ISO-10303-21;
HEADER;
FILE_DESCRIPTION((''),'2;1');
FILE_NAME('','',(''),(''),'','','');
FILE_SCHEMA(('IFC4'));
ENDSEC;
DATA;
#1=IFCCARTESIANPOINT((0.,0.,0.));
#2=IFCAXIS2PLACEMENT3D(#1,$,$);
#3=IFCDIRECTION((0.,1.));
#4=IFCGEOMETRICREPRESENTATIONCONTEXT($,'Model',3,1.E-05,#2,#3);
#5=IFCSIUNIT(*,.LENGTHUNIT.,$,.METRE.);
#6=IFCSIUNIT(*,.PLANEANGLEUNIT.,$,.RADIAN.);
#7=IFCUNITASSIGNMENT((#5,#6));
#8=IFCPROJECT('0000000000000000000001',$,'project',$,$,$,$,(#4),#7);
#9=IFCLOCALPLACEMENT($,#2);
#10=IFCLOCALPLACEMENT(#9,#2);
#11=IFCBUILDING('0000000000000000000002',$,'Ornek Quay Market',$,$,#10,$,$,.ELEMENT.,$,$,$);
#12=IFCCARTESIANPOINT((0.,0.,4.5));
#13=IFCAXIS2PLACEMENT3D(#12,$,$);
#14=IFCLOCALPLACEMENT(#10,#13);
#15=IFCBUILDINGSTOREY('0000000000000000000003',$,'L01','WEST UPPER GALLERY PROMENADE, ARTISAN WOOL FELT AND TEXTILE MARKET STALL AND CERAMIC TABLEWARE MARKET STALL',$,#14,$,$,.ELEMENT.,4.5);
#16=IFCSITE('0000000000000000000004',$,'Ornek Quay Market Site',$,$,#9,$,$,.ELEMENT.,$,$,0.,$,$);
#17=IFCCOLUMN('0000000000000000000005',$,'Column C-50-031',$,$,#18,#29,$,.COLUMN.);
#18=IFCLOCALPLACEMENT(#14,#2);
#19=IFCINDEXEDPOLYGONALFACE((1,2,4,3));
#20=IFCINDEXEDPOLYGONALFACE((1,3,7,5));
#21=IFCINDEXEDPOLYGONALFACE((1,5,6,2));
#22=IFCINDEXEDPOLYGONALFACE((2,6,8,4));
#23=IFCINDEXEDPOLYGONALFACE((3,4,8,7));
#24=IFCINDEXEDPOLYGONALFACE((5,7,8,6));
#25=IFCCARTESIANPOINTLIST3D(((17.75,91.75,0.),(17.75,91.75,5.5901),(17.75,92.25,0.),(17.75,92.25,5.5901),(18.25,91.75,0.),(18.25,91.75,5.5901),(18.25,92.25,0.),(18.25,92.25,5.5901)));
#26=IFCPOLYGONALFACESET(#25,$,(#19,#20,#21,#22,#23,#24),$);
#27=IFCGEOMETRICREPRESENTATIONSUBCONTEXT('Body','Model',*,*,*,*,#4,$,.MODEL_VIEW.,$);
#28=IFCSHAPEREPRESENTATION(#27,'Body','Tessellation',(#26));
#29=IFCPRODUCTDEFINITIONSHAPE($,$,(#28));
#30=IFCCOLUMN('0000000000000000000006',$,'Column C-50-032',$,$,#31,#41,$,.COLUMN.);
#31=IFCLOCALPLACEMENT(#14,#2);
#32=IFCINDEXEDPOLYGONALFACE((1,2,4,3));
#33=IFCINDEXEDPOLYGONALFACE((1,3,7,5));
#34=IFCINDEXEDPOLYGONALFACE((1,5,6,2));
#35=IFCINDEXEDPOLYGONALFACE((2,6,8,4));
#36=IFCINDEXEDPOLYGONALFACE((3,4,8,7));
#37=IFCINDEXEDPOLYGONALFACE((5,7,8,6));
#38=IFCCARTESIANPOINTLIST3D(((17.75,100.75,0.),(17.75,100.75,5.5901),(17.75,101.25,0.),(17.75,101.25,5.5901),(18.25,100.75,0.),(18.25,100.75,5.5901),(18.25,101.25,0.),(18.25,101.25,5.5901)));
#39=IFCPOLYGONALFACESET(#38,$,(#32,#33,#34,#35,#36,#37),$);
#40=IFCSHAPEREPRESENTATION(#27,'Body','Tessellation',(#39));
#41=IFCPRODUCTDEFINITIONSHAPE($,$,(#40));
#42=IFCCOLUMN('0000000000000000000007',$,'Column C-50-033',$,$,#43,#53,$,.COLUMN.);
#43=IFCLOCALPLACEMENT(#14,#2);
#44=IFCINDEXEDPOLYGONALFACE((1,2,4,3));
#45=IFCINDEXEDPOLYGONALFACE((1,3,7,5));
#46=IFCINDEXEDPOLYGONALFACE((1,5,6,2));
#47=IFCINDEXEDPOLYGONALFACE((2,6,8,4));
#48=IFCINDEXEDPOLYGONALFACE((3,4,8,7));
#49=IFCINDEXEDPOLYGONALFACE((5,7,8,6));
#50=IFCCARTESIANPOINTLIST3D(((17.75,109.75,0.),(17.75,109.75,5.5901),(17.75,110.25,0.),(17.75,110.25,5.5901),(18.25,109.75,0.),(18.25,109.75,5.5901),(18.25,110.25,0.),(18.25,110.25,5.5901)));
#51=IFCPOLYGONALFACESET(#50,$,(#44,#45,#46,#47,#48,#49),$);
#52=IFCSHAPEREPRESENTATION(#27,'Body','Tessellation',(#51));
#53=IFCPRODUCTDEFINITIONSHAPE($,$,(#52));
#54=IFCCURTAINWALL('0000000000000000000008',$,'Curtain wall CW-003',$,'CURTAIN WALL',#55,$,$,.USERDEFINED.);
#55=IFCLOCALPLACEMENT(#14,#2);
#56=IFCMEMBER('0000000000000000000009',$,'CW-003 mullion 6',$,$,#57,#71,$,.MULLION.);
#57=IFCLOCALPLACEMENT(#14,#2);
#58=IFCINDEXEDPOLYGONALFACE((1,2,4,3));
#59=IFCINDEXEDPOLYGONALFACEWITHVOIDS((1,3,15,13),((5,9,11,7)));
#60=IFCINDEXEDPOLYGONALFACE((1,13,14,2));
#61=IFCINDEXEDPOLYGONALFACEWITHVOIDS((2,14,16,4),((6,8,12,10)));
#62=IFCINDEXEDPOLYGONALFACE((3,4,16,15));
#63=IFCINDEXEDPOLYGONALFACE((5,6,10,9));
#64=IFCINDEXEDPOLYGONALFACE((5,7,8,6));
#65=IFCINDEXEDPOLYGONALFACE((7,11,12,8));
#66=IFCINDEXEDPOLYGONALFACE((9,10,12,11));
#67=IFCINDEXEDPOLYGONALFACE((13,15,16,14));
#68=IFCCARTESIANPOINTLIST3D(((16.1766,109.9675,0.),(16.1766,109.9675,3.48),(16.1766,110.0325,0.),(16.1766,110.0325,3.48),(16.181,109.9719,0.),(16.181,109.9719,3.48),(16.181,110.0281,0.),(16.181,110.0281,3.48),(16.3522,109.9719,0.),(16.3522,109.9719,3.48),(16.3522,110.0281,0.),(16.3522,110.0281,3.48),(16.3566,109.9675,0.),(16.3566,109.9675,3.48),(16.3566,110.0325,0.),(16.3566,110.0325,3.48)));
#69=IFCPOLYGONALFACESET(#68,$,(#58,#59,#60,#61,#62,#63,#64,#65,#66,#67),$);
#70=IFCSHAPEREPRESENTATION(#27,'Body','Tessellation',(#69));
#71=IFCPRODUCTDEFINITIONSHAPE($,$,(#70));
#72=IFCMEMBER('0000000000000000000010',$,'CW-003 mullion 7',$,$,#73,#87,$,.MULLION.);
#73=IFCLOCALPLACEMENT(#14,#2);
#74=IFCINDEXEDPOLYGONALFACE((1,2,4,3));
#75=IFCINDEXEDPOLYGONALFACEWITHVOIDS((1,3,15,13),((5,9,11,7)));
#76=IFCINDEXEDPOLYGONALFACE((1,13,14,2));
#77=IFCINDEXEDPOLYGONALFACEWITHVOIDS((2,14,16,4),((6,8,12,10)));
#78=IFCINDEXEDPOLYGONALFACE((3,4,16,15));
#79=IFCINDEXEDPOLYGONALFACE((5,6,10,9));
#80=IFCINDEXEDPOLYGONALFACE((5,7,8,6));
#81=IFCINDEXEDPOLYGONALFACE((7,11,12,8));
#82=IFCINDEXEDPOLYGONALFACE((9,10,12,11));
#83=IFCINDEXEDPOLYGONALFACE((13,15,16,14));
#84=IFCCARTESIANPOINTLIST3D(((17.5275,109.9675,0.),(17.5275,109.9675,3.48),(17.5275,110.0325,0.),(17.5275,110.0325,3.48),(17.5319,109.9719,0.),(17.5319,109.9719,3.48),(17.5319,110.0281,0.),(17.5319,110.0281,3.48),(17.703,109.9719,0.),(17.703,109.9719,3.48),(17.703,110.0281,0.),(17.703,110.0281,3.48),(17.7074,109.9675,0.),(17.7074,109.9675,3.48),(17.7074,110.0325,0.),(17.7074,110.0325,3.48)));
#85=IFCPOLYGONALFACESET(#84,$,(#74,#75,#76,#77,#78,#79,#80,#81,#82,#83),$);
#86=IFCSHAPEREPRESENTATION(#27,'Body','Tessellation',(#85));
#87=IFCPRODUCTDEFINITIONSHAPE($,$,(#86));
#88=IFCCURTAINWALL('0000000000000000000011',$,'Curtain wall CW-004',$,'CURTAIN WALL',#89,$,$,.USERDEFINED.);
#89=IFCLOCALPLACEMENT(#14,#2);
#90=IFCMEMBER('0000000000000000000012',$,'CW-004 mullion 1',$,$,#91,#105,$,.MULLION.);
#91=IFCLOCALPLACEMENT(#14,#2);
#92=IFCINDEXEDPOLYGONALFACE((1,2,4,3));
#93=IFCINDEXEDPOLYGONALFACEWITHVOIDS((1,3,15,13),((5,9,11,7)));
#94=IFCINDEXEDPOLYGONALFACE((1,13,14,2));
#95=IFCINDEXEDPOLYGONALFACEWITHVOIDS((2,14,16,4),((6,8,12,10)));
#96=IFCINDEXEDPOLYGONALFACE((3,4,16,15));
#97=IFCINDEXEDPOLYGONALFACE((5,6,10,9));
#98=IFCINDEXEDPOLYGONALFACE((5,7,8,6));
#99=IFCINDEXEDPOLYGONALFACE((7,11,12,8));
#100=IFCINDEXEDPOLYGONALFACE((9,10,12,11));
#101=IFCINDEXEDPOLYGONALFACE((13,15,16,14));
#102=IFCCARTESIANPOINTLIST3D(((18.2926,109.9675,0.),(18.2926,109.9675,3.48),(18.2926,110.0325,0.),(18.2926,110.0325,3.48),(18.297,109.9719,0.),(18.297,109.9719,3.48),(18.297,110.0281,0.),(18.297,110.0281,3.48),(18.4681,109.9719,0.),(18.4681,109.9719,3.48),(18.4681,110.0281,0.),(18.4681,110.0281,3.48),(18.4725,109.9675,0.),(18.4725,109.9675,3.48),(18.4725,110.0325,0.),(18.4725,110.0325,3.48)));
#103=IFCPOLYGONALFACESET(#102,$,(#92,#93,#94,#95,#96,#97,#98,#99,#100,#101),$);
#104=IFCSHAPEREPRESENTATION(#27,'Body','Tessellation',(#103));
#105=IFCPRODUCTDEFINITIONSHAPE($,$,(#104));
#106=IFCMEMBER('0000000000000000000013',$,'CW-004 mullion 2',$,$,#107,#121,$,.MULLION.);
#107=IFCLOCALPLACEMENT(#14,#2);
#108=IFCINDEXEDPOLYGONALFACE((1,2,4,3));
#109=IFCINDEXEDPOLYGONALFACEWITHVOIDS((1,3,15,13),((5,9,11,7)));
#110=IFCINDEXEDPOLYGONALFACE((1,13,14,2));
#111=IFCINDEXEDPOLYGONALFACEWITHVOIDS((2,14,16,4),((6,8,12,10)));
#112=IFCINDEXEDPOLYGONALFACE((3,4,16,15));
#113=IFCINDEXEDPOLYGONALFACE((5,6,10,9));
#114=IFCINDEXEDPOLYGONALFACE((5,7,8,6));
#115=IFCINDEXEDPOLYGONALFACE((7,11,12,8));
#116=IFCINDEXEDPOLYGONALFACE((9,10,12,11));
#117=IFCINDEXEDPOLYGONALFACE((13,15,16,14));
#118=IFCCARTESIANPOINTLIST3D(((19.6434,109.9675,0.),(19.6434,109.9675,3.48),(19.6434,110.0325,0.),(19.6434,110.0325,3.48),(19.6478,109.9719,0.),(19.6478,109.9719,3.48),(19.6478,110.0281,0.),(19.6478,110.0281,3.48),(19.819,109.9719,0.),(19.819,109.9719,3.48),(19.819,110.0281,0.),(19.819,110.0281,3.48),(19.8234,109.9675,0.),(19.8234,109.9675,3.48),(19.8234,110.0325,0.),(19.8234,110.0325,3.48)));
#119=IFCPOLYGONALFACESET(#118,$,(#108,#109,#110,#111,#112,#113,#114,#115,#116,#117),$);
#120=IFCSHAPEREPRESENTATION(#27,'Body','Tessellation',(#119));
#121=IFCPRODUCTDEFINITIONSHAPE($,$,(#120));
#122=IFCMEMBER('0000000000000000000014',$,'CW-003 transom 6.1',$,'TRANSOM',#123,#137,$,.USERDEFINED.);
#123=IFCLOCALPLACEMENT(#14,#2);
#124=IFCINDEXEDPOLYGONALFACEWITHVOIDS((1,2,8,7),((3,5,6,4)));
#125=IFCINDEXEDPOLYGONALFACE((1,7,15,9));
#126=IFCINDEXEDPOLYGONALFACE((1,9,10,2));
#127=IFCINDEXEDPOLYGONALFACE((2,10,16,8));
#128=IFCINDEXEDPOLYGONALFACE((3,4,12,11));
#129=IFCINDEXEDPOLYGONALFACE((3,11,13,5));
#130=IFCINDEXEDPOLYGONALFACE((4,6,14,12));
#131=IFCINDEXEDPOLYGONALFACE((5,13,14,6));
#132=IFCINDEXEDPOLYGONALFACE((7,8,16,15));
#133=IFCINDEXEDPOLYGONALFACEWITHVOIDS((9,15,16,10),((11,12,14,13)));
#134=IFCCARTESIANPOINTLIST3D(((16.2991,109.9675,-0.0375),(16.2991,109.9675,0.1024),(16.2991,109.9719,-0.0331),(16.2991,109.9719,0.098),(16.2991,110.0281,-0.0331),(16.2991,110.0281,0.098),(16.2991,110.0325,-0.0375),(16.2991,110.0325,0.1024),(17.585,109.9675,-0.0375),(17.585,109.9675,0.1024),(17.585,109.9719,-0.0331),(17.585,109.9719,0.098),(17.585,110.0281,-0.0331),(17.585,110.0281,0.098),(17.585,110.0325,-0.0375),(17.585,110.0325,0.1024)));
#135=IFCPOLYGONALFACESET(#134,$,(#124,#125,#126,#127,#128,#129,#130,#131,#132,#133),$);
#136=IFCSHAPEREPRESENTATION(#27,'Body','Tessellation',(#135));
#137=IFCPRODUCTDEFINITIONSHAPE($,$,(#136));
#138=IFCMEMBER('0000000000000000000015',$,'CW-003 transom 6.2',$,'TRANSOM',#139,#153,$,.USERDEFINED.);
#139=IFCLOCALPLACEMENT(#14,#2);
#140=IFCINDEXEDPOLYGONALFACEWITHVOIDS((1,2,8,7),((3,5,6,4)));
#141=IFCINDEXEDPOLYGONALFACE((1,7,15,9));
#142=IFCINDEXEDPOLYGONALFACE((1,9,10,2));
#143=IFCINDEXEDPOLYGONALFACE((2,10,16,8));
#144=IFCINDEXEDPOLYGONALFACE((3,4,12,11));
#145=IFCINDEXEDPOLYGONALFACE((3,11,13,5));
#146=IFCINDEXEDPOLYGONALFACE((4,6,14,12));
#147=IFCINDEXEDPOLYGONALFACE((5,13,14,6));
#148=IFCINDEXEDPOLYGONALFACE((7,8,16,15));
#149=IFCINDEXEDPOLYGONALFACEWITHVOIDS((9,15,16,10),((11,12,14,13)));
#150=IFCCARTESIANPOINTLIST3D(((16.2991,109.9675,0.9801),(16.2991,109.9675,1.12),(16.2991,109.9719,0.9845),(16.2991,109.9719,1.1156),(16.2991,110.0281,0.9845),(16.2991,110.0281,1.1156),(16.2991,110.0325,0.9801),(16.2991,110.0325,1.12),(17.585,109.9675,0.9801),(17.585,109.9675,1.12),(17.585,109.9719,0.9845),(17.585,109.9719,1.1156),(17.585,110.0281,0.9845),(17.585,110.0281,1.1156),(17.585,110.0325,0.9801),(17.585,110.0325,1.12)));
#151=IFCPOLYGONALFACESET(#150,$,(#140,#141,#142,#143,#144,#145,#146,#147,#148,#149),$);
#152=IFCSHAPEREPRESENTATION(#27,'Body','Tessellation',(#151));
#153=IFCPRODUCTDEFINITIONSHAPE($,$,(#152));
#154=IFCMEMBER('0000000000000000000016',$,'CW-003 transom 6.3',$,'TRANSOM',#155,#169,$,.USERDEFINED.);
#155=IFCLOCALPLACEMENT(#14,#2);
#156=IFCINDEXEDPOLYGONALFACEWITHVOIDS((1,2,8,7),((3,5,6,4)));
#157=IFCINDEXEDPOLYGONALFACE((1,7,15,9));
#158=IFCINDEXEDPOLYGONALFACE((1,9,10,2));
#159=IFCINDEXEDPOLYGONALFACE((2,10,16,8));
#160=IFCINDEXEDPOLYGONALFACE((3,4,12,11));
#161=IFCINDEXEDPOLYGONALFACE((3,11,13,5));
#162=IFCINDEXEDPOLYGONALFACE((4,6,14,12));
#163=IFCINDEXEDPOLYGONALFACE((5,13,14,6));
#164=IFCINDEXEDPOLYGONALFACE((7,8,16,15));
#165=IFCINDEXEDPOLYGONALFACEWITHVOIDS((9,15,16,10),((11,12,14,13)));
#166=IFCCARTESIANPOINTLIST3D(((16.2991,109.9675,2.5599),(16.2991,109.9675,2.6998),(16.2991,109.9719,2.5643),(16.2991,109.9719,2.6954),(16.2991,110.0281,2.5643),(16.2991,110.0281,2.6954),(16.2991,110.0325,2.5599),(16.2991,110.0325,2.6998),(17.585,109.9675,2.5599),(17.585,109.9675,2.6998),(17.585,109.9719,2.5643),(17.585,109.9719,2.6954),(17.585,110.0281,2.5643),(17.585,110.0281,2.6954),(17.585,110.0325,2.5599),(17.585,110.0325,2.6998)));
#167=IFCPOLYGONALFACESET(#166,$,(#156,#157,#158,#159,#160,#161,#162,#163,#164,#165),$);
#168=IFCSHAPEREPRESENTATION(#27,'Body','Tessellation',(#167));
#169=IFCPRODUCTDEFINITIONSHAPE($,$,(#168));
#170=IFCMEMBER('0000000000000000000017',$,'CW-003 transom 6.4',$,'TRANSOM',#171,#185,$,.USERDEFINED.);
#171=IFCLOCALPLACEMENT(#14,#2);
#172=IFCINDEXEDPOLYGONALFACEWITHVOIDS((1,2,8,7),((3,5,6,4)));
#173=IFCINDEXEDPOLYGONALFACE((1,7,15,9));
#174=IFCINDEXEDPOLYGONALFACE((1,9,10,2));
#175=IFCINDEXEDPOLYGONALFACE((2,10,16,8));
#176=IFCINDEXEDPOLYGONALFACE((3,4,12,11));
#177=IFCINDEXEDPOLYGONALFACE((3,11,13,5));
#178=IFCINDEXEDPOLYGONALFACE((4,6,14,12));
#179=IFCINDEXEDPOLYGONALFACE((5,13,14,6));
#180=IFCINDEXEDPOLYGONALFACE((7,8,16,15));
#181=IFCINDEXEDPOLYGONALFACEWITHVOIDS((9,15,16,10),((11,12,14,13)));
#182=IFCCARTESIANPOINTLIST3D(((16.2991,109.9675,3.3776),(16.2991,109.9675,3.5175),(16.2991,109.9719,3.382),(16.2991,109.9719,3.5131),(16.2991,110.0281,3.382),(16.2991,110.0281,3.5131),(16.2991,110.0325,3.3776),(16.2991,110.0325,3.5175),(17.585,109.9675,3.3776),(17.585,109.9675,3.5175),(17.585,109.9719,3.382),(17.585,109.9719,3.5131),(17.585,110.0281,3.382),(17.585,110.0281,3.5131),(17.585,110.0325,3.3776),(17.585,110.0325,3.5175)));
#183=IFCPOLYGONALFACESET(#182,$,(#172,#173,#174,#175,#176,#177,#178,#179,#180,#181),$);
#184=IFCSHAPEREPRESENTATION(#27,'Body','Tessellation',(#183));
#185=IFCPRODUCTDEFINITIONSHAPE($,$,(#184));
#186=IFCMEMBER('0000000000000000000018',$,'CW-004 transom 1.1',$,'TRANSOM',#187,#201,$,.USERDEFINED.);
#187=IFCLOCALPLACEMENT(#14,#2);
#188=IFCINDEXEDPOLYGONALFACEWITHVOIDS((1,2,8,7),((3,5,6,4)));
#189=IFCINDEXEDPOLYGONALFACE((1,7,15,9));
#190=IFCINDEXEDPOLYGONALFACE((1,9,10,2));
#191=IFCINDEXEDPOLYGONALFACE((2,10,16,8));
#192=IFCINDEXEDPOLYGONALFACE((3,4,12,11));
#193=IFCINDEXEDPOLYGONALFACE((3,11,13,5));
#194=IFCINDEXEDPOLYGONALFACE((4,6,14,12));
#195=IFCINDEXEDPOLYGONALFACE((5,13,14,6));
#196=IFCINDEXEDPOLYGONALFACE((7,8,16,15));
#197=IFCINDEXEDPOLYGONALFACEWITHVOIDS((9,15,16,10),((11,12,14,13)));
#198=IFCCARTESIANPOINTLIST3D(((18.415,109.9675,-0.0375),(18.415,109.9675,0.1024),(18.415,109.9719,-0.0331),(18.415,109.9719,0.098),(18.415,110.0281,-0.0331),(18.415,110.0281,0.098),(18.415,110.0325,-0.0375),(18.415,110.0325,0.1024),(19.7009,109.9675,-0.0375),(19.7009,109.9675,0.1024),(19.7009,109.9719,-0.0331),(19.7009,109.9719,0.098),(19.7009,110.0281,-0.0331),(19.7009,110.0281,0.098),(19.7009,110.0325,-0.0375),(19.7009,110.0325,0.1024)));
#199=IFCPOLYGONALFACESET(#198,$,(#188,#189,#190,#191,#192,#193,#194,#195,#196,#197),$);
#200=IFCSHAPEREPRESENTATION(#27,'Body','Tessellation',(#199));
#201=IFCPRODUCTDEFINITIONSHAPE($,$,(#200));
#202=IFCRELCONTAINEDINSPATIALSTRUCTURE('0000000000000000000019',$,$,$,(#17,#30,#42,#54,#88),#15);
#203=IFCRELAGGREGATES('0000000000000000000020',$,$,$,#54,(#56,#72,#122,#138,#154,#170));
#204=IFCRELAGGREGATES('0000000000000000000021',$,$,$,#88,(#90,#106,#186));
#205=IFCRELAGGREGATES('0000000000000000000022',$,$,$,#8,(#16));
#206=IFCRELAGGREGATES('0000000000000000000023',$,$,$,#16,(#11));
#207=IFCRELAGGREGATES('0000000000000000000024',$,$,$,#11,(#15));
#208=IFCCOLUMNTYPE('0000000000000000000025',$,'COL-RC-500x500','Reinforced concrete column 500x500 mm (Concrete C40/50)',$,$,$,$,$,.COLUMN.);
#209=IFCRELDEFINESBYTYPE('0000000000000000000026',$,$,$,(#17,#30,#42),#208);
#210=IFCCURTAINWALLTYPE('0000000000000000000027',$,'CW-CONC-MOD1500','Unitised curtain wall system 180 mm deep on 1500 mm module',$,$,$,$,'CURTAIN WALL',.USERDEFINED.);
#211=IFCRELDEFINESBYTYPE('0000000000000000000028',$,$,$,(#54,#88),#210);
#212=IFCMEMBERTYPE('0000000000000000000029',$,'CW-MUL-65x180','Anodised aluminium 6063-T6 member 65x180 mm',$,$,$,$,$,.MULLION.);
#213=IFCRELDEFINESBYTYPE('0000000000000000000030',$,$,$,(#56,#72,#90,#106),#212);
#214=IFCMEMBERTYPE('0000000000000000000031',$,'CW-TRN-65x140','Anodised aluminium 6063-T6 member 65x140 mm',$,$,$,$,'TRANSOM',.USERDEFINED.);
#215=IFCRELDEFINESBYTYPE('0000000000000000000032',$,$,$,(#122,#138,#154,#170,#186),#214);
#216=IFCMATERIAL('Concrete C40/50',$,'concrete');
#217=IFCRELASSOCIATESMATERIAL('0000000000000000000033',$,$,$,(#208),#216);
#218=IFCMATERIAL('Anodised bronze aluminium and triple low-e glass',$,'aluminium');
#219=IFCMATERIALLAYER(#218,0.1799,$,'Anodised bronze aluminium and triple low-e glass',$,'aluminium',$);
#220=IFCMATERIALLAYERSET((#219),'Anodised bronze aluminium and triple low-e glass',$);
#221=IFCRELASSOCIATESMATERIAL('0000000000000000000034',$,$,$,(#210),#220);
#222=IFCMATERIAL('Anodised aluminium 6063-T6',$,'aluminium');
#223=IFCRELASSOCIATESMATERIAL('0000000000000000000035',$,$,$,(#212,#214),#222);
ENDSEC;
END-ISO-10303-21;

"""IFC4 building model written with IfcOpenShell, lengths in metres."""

from ifc_helpers import new_model, si_unit, direction, frame, origin, origin_2d, place, context, subcontext, project, spatial, rectangle, hollow_rectangle, extrude, material, layer, layer_set, material_profile, profile_set, type_object, element, aggregate, save


model = new_model("IFC4")

# Units and contexts
model_context = context("Model", 3, precision=1e-05, world=origin(), true_north=direction((0.0, 1.0)))
body_context = subcontext(model_context, "Body", "Model", "MODEL_VIEW")
ifc_project = project(units=[si_unit("LENGTHUNIT", "METRE"), si_unit("PLANEANGLEUNIT", "RADIAN")], contexts=[model_context])

# Site, building, storey
site_placement = place(None, origin())
site = spatial("IfcSite", under=ifc_project, at=site_placement, Name="Ornek Quay Market Site", CompositionType="ELEMENT", RefElevation=0.0)
building_placement = place(site_placement, origin())
building = spatial("IfcBuilding", under=site, at=building_placement, Name="Ornek Quay Market", CompositionType="ELEMENT")
storey_placement = place(building_placement, frame((0.0, 0.0, 4.5)))
storey = spatial("IfcBuildingStorey", under=building, at=storey_placement, Name="L01", Description="WEST UPPER GALLERY PROMENADE, ARTISAN WOOL FELT AND TEXTILE MARKET STALL AND CERAMIC TABLEWARE MARKET STALL", CompositionType="ELEMENT", Elevation=4.5)

# Columns
ifc_material_1 = material(Name="Concrete C40/50", Category="concrete")
ifc_material_profile_1 = material_profile(ifc_material_1, rectangle(XDim=0.5, YDim=0.5, at=origin_2d()), Name="RC 500x500", Category="concrete")
ifc_profile_set_1 = profile_set([ifc_material_profile_1], Name="Concrete C40/50")
column_type = type_object("IfcColumnType", Name="COL-RC-500x500", Description="Reinforced concrete column 500x500 mm (Concrete C40/50)", PredefinedType="COLUMN", material=ifc_profile_set_1)
for number, where, z_axis, x_axis, name in (
    (1, (18.0, 92.0, 0.0), (0.0, 0.0, 1.0), (1.0, 0.0, 0.0), "Column C-50-031"),
    (2, (18.0, 101.0, 0.0), (0.0, 0.0, 1.0), (1.0, 0.0, 0.0), "Column C-50-032"),
    (3, (18.0, 110.0, 0.0), (0.0, 0.0, 1.0), (1.0, 0.0, 0.0), "Column C-50-033"),
):
    element("IfcColumn", number, at=place(storey_placement, frame(where, z_axis=z_axis, x_axis=x_axis)), inside=storey, type_object=column_type, Name=name, PredefinedType="COLUMN", context=body_context, shape_type="SweptSolid", body=[
        extrude(rectangle(XDim=0.5, YDim=0.5, at=origin_2d()), origin(), (0.0, 0.0, 1.0), 5.5901),
    ])

# Curtain walls, members
ifc_material_2 = material(Name="Anodised bronze aluminium and triple low-e glass", Category="aluminium")
ifc_layer_1 = layer(ifc_material_2, 0.1799, Name="Anodised bronze aluminium and triple low-e glass", Category="aluminium")
ifc_layer_set_1 = layer_set([ifc_layer_1], Name="Anodised bronze aluminium and triple low-e glass")
curtain_wall_type = type_object("IfcCurtainWallType", Name="CW-CONC-MOD1500", Description="Unitised curtain wall system 180 mm deep on 1500 mm module", ElementType="CURTAIN WALL", PredefinedType="USERDEFINED", material=ifc_layer_set_1)
curtain_wall_1_placement = place(storey_placement, origin())
curtain_wall_1 = element("IfcCurtainWall", 4, at=curtain_wall_1_placement, inside=storey, type_object=curtain_wall_type, Name="Curtain wall CW-003", ObjectType="CURTAIN WALL", PredefinedType="USERDEFINED")
ifc_material_3 = material(Name="Anodised aluminium 6063-T6", Category="aluminium")
ifc_material_profile_2 = material_profile(ifc_material_3, hollow_rectangle(XDim=0.0649, YDim=0.1799, WallThickness=0.0044, at=origin_2d()), Name="CW-MUL-65x180", Category="aluminium")
ifc_profile_set_2 = profile_set([ifc_material_profile_2], Name="Anodised aluminium 6063-T6")
member_type_1 = type_object("IfcMemberType", Name="CW-MUL-65x180", Description="Anodised aluminium 6063-T6 member 65x180 mm", PredefinedType="MULLION", material=ifc_profile_set_2)
member_1_placement = place(storey_placement, frame((16.2666, 110.0, 0.0), z_axis=(0.0, 0.0, 1.0), x_axis=(0.0, 1.0, 0.0)))
member_1 = element("IfcMember", 5, at=member_1_placement, type_object=member_type_1, Name="CW-003 mullion 6", PredefinedType="MULLION", context=body_context, shape_type="SweptSolid", body=[
    extrude(hollow_rectangle(XDim=0.0649, YDim=0.1799, WallThickness=0.0044, at=origin_2d()), origin(), (0.0, 0.0, 1.0), 3.48),
])
member_2_placement = place(storey_placement, frame((17.6174, 110.0, 0.0), z_axis=(0.0, 0.0, 1.0), x_axis=(0.0, 1.0, 0.0)))
member_2 = element("IfcMember", 6, at=member_2_placement, type_object=member_type_1, Name="CW-003 mullion 7", PredefinedType="MULLION", context=body_context, shape_type="SweptSolid", body=[
    extrude(hollow_rectangle(XDim=0.0649, YDim=0.1799, WallThickness=0.0044, at=origin_2d()), origin(), (0.0, 0.0, 1.0), 3.48),
])
curtain_wall_2_placement = place(storey_placement, origin())
curtain_wall_2 = element("IfcCurtainWall", 7, at=curtain_wall_2_placement, inside=storey, type_object=curtain_wall_type, Name="Curtain wall CW-004", ObjectType="CURTAIN WALL", PredefinedType="USERDEFINED")
member_3_placement = place(storey_placement, frame((18.3826, 110.0, 0.0), z_axis=(0.0, 0.0, 1.0), x_axis=(0.0, 1.0, 0.0)))
member_3 = element("IfcMember", 8, at=member_3_placement, type_object=member_type_1, Name="CW-004 mullion 1", PredefinedType="MULLION", context=body_context, shape_type="SweptSolid", body=[
    extrude(hollow_rectangle(XDim=0.0649, YDim=0.1799, WallThickness=0.0044, at=origin_2d()), origin(), (0.0, 0.0, 1.0), 3.48),
])
member_4_placement = place(storey_placement, frame((19.7334, 110.0, 0.0), z_axis=(0.0, 0.0, 1.0), x_axis=(0.0, 1.0, 0.0)))
member_4 = element("IfcMember", 9, at=member_4_placement, type_object=member_type_1, Name="CW-004 mullion 2", PredefinedType="MULLION", context=body_context, shape_type="SweptSolid", body=[
    extrude(hollow_rectangle(XDim=0.0649, YDim=0.1799, WallThickness=0.0044, at=origin_2d()), origin(), (0.0, 0.0, 1.0), 3.48),
])

# Members
ifc_material_profile_3 = material_profile(ifc_material_3, hollow_rectangle(XDim=0.0649, YDim=0.1399, WallThickness=0.0044, at=origin_2d()), Name="CW-TRN-65x140", Category="aluminium")
ifc_profile_set_3 = profile_set([ifc_material_profile_3], Name="Anodised aluminium 6063-T6")
member_type_2 = type_object("IfcMemberType", Name="CW-TRN-65x140", Description="Anodised aluminium 6063-T6 member 65x140 mm", ElementType="TRANSOM", PredefinedType="USERDEFINED", material=ifc_profile_set_3)
member_5_placement = place(storey_placement, frame((16.2991, 110.0, 0.0325), z_axis=(1.0, 0.0, 0.0), x_axis=(0.0, 1.0, 0.0)))
member_5 = element("IfcMember", 10, at=member_5_placement, type_object=member_type_2, Name="CW-003 transom 6.1", ObjectType="TRANSOM", PredefinedType="USERDEFINED", context=body_context, shape_type="SweptSolid", body=[
    extrude(hollow_rectangle(XDim=0.0649, YDim=0.1399, WallThickness=0.0044, at=origin_2d()), origin(), (0.0, 0.0, 1.0), 1.2859),
])
member_6_placement = place(storey_placement, frame((16.2991, 110.0, 1.05), z_axis=(1.0, 0.0, 0.0), x_axis=(0.0, 1.0, 0.0)))
member_6 = element("IfcMember", 11, at=member_6_placement, type_object=member_type_2, Name="CW-003 transom 6.2", ObjectType="TRANSOM", PredefinedType="USERDEFINED", context=body_context, shape_type="SweptSolid", body=[
    extrude(hollow_rectangle(XDim=0.0649, YDim=0.1399, WallThickness=0.0044, at=origin_2d()), origin(), (0.0, 0.0, 1.0), 1.2859),
])
member_7_placement = place(storey_placement, frame((16.2991, 110.0, 2.6299), z_axis=(1.0, 0.0, 0.0), x_axis=(0.0, 1.0, 0.0)))
member_7 = element("IfcMember", 12, at=member_7_placement, type_object=member_type_2, Name="CW-003 transom 6.3", ObjectType="TRANSOM", PredefinedType="USERDEFINED", context=body_context, shape_type="SweptSolid", body=[
    extrude(hollow_rectangle(XDim=0.0649, YDim=0.1399, WallThickness=0.0044, at=origin_2d()), origin(), (0.0, 0.0, 1.0), 1.2859),
])
member_8_placement = place(storey_placement, frame((16.2991, 110.0, 3.4475), z_axis=(1.0, 0.0, 0.0), x_axis=(0.0, 1.0, 0.0)))
member_8 = element("IfcMember", 13, at=member_8_placement, type_object=member_type_2, Name="CW-003 transom 6.4", ObjectType="TRANSOM", PredefinedType="USERDEFINED", context=body_context, shape_type="SweptSolid", body=[
    extrude(hollow_rectangle(XDim=0.0649, YDim=0.1399, WallThickness=0.0044, at=origin_2d()), origin(), (0.0, 0.0, 1.0), 1.2859),
])
member_9_placement = place(storey_placement, frame((18.415, 110.0, 0.0325), z_axis=(1.0, 0.0, 0.0), x_axis=(0.0, 1.0, 0.0)))
member_9 = element("IfcMember", 14, at=member_9_placement, type_object=member_type_2, Name="CW-004 transom 1.1", ObjectType="TRANSOM", PredefinedType="USERDEFINED", context=body_context, shape_type="SweptSolid", body=[
    extrude(hollow_rectangle(XDim=0.0649, YDim=0.1399, WallThickness=0.0044, at=origin_2d()), origin(), (0.0, 0.0, 1.0), 1.2859),
])

aggregate(curtain_wall_1, [member_1, member_2, member_5, member_6, member_7, member_8])
aggregate(curtain_wall_2, [member_3, member_4, member_9])

save(model, "model.ifc")
